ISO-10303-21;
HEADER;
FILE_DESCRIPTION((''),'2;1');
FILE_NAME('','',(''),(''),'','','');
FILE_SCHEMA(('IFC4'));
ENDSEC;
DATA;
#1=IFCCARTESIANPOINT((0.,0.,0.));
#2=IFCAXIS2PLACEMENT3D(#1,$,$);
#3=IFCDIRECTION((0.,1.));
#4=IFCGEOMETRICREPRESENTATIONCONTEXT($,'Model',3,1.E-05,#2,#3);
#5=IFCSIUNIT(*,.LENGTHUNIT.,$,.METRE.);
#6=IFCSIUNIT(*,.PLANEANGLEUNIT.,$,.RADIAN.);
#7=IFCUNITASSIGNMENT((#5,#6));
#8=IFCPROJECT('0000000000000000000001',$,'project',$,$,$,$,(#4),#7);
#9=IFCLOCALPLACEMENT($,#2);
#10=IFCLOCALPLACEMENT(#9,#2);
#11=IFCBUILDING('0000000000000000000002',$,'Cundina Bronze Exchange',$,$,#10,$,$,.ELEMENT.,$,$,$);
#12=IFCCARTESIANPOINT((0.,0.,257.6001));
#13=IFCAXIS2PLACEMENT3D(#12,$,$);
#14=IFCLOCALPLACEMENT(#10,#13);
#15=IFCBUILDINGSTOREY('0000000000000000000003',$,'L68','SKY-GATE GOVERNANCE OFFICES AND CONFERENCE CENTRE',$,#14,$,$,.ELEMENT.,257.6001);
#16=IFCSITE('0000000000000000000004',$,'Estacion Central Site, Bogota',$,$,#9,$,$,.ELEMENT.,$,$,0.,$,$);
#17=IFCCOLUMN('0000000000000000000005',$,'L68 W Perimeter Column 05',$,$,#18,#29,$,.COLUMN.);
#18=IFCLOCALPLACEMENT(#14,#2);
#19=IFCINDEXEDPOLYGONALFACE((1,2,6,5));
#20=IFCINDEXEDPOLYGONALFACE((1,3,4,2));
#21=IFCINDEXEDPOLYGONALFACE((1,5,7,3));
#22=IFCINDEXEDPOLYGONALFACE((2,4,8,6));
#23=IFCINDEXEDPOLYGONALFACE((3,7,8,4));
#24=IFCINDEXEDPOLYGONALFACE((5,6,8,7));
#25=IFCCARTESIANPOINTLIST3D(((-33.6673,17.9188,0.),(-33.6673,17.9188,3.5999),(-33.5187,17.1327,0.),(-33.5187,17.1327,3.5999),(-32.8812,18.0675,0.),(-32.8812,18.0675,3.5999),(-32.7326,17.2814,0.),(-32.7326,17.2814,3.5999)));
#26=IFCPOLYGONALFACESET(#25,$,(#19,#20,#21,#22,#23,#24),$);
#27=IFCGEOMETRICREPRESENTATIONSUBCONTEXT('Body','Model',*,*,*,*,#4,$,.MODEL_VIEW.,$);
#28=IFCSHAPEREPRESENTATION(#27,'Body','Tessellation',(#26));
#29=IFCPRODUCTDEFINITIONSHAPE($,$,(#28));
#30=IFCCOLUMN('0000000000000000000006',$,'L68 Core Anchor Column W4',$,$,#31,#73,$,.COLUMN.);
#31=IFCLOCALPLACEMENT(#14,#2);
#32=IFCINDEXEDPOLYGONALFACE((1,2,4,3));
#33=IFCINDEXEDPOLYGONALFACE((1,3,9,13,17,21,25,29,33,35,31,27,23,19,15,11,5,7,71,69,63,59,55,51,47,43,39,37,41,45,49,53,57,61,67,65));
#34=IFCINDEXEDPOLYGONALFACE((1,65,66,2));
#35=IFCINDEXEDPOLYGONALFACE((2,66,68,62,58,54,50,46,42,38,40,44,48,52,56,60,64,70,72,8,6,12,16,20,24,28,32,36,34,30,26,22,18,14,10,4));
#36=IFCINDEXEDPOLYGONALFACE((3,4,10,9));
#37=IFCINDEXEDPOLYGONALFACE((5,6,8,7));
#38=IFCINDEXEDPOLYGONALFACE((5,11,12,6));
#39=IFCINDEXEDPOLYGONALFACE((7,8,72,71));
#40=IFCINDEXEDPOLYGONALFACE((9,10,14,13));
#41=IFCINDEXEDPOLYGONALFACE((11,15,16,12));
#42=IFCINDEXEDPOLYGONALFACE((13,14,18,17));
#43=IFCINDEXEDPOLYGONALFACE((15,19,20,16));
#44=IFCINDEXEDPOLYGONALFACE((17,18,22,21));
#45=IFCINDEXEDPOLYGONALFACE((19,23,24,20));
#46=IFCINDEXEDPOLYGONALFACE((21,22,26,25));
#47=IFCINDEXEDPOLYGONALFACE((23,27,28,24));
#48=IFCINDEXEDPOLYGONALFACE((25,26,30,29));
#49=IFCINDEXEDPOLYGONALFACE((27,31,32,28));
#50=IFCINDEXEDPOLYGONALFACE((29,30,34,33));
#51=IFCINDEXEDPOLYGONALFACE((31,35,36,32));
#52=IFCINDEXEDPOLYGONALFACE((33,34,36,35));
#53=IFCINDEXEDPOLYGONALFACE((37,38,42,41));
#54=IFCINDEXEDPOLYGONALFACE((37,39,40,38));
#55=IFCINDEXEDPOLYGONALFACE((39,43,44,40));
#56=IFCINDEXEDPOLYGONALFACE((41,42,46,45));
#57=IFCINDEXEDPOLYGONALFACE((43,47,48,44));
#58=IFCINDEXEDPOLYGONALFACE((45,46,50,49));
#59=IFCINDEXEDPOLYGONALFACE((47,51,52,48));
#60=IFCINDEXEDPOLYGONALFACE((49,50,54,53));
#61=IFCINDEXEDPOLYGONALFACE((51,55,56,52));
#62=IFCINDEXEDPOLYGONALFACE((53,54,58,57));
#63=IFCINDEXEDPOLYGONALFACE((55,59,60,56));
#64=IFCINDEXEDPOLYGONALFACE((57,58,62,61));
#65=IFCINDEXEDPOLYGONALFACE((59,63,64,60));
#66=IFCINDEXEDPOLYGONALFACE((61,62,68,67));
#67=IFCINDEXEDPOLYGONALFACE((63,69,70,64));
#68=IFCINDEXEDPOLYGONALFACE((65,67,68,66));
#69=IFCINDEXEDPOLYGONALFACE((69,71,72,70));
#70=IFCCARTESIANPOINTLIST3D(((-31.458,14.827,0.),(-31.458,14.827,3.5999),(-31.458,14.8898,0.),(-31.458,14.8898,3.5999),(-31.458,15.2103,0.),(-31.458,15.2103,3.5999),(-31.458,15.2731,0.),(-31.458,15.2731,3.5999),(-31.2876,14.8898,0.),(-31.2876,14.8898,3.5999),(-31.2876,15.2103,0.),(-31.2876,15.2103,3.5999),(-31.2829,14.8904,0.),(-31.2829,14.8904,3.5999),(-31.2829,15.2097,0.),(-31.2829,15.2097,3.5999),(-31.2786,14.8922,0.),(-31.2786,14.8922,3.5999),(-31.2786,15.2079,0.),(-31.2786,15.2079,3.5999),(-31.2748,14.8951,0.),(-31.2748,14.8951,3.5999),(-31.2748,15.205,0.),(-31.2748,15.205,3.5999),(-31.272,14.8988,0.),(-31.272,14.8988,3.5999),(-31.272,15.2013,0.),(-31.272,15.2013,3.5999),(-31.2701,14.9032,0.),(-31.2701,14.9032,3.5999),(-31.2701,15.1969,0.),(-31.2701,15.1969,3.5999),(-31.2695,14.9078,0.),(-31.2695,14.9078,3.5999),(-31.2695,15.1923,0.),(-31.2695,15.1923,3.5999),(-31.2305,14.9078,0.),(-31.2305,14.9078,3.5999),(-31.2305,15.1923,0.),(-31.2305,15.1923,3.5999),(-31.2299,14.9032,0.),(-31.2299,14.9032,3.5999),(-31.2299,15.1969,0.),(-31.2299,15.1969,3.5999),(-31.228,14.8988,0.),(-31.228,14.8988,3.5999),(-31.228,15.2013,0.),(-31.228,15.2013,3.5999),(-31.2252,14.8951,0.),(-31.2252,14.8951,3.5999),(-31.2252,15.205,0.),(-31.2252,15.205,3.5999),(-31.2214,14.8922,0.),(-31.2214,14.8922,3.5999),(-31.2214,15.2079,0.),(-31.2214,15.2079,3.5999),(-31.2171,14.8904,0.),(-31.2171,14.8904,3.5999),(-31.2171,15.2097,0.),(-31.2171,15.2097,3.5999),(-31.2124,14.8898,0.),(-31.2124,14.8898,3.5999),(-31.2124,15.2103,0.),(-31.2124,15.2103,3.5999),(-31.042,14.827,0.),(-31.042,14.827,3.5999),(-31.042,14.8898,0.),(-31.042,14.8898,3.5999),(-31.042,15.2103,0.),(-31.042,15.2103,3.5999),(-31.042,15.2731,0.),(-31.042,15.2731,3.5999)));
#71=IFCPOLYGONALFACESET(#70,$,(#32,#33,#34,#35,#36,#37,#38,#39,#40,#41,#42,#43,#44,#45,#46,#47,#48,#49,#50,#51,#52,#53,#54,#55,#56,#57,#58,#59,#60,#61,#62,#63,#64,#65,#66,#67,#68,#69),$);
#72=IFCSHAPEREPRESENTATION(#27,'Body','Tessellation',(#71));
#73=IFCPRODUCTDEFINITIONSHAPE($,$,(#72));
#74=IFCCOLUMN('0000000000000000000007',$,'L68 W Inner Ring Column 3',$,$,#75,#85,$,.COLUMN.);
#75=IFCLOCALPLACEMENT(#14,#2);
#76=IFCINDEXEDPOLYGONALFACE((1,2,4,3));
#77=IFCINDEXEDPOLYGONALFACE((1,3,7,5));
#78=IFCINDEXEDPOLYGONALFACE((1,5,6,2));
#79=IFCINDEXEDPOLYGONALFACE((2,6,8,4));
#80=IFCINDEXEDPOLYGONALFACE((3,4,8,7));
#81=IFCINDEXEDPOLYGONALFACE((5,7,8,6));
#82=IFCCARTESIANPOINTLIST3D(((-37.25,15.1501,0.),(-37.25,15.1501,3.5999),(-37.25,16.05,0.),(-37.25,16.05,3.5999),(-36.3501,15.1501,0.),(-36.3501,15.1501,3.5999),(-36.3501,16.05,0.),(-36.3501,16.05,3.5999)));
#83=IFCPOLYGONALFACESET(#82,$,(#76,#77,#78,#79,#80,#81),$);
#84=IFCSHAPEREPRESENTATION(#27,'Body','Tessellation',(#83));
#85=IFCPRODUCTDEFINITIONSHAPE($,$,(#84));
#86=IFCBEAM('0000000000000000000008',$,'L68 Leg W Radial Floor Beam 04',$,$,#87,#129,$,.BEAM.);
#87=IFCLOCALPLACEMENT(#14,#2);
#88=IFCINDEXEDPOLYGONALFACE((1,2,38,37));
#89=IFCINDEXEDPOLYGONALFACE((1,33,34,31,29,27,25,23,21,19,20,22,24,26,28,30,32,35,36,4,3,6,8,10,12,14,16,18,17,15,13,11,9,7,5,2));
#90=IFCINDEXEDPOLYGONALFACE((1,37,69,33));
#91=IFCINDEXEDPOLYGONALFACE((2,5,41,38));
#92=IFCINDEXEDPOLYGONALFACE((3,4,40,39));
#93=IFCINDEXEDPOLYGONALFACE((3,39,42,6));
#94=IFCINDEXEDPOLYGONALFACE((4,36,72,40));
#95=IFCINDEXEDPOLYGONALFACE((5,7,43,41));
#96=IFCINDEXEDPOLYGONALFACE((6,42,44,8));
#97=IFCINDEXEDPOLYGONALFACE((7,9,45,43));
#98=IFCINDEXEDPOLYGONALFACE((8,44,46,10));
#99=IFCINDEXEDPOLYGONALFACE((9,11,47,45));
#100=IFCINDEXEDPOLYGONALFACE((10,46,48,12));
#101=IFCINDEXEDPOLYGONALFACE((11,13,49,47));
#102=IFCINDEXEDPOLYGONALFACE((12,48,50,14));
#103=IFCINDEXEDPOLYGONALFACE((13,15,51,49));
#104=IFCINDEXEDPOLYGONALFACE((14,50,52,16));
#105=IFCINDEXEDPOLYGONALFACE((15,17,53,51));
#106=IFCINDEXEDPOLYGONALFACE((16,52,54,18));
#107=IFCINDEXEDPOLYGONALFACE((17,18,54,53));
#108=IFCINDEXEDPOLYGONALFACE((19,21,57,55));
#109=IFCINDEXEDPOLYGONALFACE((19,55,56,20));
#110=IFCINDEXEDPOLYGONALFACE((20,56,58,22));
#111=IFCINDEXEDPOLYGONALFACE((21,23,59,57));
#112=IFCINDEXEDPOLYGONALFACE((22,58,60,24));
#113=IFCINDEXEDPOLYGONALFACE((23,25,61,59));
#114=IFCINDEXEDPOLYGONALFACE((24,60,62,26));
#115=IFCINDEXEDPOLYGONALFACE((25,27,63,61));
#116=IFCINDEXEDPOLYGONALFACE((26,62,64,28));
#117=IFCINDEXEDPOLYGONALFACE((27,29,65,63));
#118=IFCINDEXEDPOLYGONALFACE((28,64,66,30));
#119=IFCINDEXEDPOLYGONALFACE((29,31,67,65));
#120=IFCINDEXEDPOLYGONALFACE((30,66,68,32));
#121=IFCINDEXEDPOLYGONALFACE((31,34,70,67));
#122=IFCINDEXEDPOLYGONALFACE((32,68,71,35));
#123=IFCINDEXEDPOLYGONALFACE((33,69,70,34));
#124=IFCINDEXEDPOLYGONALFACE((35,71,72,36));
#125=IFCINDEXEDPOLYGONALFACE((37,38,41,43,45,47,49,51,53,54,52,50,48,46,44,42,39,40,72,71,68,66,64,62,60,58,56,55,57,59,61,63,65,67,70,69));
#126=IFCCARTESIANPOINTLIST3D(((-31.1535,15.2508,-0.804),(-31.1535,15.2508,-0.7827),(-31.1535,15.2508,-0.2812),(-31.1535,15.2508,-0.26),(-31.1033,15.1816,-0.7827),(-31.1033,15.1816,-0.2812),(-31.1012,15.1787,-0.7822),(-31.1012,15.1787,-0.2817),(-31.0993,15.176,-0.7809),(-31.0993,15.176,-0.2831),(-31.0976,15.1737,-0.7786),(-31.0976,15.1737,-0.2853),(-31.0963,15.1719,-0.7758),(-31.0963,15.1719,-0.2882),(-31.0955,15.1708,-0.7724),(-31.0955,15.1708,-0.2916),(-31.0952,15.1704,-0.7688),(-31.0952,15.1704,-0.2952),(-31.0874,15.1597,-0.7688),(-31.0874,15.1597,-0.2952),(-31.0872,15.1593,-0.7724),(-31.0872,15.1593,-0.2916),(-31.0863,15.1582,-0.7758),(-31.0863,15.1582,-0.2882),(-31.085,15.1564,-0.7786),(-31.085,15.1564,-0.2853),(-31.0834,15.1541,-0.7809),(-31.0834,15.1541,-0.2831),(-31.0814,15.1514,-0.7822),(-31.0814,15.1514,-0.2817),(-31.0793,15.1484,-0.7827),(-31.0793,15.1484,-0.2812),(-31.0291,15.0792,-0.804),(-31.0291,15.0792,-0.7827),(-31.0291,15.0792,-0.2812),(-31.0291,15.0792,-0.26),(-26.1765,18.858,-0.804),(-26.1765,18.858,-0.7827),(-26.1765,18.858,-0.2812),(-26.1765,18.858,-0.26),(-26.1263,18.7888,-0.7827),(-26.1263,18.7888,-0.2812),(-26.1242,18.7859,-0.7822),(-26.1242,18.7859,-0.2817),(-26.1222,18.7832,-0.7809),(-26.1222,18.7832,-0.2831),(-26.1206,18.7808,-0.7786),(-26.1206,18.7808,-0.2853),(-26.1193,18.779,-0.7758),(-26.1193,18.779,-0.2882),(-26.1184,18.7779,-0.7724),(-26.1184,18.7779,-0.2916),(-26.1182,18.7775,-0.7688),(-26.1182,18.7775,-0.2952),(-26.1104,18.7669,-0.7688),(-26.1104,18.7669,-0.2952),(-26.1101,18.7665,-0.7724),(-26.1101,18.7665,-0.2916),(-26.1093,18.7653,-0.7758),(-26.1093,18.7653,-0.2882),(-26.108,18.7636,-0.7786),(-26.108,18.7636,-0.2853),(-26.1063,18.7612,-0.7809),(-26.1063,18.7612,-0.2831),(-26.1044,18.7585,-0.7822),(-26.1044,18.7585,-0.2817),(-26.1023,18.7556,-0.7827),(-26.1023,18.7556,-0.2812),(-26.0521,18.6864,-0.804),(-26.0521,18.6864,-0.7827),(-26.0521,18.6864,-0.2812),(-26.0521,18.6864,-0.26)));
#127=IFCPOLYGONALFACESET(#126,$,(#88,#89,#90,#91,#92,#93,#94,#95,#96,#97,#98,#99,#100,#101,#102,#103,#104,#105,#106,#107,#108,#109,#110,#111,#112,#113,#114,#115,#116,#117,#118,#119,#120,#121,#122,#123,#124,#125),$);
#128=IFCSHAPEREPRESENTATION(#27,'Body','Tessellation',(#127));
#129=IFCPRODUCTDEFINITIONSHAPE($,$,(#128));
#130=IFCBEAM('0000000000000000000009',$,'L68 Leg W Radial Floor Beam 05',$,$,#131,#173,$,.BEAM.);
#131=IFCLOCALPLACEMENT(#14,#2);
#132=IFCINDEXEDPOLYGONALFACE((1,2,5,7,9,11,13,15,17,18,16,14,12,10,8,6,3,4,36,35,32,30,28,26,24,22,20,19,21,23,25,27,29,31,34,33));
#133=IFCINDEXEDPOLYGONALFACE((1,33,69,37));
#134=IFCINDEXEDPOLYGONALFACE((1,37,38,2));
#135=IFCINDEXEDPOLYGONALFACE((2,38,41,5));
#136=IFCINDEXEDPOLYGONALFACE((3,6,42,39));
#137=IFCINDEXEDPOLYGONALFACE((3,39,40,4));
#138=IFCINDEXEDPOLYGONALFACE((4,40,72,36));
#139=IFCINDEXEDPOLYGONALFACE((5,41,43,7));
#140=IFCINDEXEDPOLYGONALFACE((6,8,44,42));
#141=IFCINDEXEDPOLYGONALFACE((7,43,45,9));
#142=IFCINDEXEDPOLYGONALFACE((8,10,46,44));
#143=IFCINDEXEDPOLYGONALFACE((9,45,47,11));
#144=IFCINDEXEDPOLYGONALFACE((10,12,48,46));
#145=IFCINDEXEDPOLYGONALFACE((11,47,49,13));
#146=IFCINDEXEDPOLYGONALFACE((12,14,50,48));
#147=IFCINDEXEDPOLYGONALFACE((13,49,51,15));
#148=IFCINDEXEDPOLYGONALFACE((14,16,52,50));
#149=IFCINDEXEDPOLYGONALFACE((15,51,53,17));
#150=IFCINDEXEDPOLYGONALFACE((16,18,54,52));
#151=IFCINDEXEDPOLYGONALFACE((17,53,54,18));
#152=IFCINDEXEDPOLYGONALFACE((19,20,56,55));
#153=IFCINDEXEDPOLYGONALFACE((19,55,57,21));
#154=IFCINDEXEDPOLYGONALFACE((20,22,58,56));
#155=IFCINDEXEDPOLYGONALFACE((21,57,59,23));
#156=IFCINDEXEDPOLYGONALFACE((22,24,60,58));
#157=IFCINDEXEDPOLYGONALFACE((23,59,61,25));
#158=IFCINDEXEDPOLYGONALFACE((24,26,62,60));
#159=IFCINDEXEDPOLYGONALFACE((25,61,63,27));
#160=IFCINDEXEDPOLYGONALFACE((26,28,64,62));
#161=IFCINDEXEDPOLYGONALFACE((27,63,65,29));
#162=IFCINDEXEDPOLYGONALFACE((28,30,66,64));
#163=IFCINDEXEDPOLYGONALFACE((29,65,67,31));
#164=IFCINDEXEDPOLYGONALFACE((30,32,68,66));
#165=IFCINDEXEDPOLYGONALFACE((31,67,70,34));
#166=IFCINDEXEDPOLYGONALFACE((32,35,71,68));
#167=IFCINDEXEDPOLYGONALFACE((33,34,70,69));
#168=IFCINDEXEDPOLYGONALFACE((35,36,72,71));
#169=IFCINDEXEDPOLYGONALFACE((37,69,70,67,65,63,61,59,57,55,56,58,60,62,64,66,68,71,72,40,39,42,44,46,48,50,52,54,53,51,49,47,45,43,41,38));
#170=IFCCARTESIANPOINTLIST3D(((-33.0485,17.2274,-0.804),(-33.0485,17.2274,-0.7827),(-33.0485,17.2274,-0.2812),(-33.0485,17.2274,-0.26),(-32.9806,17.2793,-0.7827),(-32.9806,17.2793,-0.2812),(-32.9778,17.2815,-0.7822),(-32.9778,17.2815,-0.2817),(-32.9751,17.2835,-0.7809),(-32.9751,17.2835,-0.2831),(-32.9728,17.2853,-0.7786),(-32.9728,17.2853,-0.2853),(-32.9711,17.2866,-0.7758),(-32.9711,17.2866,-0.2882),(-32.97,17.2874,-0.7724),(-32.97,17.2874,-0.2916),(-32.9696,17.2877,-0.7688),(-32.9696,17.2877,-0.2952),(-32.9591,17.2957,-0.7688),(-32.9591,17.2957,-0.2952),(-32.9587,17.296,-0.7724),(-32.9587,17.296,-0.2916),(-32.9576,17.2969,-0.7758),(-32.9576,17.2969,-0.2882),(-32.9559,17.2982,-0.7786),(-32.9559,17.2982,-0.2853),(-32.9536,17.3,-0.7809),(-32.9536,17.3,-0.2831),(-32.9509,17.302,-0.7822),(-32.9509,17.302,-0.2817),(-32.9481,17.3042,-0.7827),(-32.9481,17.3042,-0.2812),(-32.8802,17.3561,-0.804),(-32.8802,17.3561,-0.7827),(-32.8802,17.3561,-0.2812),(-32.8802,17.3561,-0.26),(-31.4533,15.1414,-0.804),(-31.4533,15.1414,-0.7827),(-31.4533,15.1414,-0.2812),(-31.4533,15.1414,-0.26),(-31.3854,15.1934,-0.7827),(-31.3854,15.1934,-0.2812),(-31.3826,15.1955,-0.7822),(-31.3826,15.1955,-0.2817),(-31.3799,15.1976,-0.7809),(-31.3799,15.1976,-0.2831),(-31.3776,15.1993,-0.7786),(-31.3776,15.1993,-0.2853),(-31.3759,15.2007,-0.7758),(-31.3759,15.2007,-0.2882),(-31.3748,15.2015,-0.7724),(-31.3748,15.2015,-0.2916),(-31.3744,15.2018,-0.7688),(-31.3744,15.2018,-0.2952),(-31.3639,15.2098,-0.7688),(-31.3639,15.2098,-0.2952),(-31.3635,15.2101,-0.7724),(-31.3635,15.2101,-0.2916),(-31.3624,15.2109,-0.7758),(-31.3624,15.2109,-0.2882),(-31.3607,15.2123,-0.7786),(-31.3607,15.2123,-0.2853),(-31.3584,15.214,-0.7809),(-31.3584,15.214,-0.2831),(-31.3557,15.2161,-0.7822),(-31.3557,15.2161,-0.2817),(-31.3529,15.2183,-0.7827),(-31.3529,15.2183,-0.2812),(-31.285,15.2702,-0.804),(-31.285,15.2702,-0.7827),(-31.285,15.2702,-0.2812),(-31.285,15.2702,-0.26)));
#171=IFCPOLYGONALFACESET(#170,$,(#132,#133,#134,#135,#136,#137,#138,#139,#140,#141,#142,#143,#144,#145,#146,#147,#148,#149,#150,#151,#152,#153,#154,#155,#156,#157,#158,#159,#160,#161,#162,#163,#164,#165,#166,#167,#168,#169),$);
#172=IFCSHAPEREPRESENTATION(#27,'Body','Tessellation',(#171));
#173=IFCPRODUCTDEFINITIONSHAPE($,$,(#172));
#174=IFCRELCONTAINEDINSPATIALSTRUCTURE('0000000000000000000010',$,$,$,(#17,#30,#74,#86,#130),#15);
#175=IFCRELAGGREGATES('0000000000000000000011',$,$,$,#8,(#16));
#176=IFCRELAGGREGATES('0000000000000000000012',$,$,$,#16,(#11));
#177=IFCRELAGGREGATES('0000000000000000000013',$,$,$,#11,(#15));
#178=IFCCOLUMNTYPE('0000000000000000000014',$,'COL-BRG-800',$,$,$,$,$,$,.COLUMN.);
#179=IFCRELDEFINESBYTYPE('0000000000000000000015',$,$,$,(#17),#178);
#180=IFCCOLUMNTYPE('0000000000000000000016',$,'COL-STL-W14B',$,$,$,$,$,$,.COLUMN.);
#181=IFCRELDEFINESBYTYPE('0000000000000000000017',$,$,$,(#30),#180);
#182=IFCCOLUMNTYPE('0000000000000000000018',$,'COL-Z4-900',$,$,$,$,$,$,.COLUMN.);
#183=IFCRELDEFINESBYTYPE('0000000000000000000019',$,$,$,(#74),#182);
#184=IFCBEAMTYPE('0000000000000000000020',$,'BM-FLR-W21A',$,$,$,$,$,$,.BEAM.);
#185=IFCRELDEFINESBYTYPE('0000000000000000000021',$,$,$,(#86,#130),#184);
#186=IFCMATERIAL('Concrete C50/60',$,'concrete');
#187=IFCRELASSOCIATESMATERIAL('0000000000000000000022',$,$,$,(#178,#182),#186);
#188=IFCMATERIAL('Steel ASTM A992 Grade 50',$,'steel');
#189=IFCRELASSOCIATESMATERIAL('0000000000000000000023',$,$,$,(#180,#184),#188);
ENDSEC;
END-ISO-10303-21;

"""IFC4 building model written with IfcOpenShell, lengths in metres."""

from ifc_helpers import new_model, si_unit, direction, frame, origin, origin_2d, place, context, subcontext, project, spatial, rectangle, i_section, extrude, material, material_profile, profile_set, type_object, element, save


model = new_model("IFC4")

# Units and contexts
model_context = context("Model", 3, precision=1e-05, world=origin(), true_north=direction((0.0, 1.0)))
body_context = subcontext(model_context, "Body", "Model", "MODEL_VIEW")
ifc_project = project(units=[si_unit("LENGTHUNIT", "METRE"), si_unit("PLANEANGLEUNIT", "RADIAN")], contexts=[model_context])

# Site, building, storey
site_placement = place(None, origin())
site = spatial("IfcSite", under=ifc_project, at=site_placement, Name="Estacion Central Site, Bogota", CompositionType="ELEMENT", RefElevation=0.0)
building_placement = place(site_placement, origin())
building = spatial("IfcBuilding", under=site, at=building_placement, Name="Cundina Bronze Exchange", CompositionType="ELEMENT")
storey_placement = place(building_placement, frame((0.0, 0.0, 257.6001)))
storey = spatial("IfcBuildingStorey", under=building, at=storey_placement, Name="L68", Description="SKY-GATE GOVERNANCE OFFICES AND CONFERENCE CENTRE", CompositionType="ELEMENT", Elevation=257.6001)

# Columns
ifc_material_1 = material(Name="Concrete C50/60", Category="concrete")
ifc_material_profile_1 = material_profile(ifc_material_1, rectangle(XDim=0.8, YDim=0.8, at=origin_2d()), Name="RC800X800", Category="concrete")
ifc_profile_set_1 = profile_set([ifc_material_profile_1], Name="Concrete C50/60")
column_type_1 = type_object("IfcColumnType", Name="COL-BRG-800", PredefinedType="COLUMN", material=ifc_profile_set_1)
column_1_placement = place(storey_placement, frame((-33.2, 17.6001, 0.0), z_axis=(0.0, 0.0, 1.0), x_axis=(-0.98258, -0.185838, 0.0)))
element("IfcColumn", 1, at=column_1_placement, inside=storey, type_object=column_type_1, Name="L68 W Perimeter Column 05", PredefinedType="COLUMN", context=body_context, shape_type="SweptSolid", body=[
    extrude(rectangle(XDim=0.8, YDim=0.8, at=origin_2d()), origin(), (0.0, 0.0, 1.0), 3.5999),
])
ifc_material_2 = material(Name="Steel ASTM A992 Grade 50", Category="steel")
ifc_material_profile_2 = material_profile(ifc_material_2, i_section(OverallWidth=0.416, OverallDepth=0.446, WebThickness=0.0391, FlangeThickness=0.0627, FilletRadius=0.0181, at=origin_2d()), Name="W14X342", Category="steel")
ifc_profile_set_2 = profile_set([ifc_material_profile_2], Name="Steel ASTM A992 Grade 50")
column_type_2 = type_object("IfcColumnType", Name="COL-STL-W14B", PredefinedType="COLUMN", material=ifc_profile_set_2)
column_2_placement = place(storey_placement, frame((-31.25, 15.05, 0.0), z_axis=(0.0, 0.0, 1.0), x_axis=(1.0, 0.0, 0.0)))
element("IfcColumn", 2, at=column_2_placement, inside=storey, type_object=column_type_2, Name="L68 Core Anchor Column W4", PredefinedType="COLUMN", context=body_context, shape_type="SweptSolid", body=[
    extrude(i_section(OverallWidth=0.416, OverallDepth=0.446, WebThickness=0.0391, FlangeThickness=0.0627, FilletRadius=0.0181, at=origin_2d()), origin(), (0.0, 0.0, 1.0), 3.5999),
])
ifc_material_profile_3 = material_profile(ifc_material_1, rectangle(XDim=0.8999, YDim=0.8999, at=origin_2d()), Name="RC900X900", Category="concrete")
ifc_profile_set_3 = profile_set([ifc_material_profile_3], Name="Concrete C50/60")
column_type_3 = type_object("IfcColumnType", Name="COL-Z4-900", PredefinedType="COLUMN", material=ifc_profile_set_3)
column_3_placement = place(storey_placement, frame((-36.8, 15.6001, 0.0), z_axis=(0.0, 0.0, 1.0), x_axis=(1.0, 0.0, 0.0)))
element("IfcColumn", 3, at=column_3_placement, inside=storey, type_object=column_type_3, Name="L68 W Inner Ring Column 3", PredefinedType="COLUMN", context=body_context, shape_type="SweptSolid", body=[
    extrude(rectangle(XDim=0.8999, YDim=0.8999, at=origin_2d()), origin(), (0.0, 0.0, 1.0), 3.5999),
])

# Beams
ifc_material_profile_4 = material_profile(ifc_material_2, i_section(OverallWidth=0.2119, OverallDepth=0.5439, WebThickness=0.0132, FlangeThickness=0.0212, FilletRadius=0.0139, at=origin_2d()), Name="W21X83", Category="steel")
ifc_profile_set_4 = profile_set([ifc_material_profile_4], Name="Steel ASTM A992 Grade 50")
beam_type_1 = type_object("IfcBeamType", Name="BM-FLR-W21A", PredefinedType="BEAM", material=ifc_profile_set_4)
beam_1_placement = place(storey_placement, frame((-31.0913, 15.165, -0.532), z_axis=(0.809702, 0.586841, 0.0), x_axis=(-0.586841, 0.809702, 0.0)))
element("IfcBeam", 4, at=beam_1_placement, inside=storey, type_object=beam_type_1, Name="L68 Leg W Radial Floor Beam 04", PredefinedType="BEAM", context=body_context, shape_type="SweptSolid", body=[
    extrude(i_section(OverallWidth=0.2119, OverallDepth=0.5439, WebThickness=0.0132, FlangeThickness=0.0212, FilletRadius=0.0139, at=origin_2d()), origin(), (0.0, 0.0, 1.0), 6.1467),
])
beam_2_placement = place(storey_placement, frame((-31.3691, 15.2058, -0.532), z_axis=(-0.607471, 0.794342, 0.0), x_axis=(-0.794342, -0.607471, 0.0)))
element("IfcBeam", 5, at=beam_2_placement, inside=storey, type_object=beam_type_1, Name="L68 Leg W Radial Floor Beam 05", PredefinedType="BEAM", context=body_context, shape_type="SweptSolid", body=[
    extrude(i_section(OverallWidth=0.2119, OverallDepth=0.5439, WebThickness=0.0132, FlangeThickness=0.0212, FilletRadius=0.0139, at=origin_2d()), origin(), (0.0, 0.0, 1.0), 2.626),
])

save(model, "model.ifc")
